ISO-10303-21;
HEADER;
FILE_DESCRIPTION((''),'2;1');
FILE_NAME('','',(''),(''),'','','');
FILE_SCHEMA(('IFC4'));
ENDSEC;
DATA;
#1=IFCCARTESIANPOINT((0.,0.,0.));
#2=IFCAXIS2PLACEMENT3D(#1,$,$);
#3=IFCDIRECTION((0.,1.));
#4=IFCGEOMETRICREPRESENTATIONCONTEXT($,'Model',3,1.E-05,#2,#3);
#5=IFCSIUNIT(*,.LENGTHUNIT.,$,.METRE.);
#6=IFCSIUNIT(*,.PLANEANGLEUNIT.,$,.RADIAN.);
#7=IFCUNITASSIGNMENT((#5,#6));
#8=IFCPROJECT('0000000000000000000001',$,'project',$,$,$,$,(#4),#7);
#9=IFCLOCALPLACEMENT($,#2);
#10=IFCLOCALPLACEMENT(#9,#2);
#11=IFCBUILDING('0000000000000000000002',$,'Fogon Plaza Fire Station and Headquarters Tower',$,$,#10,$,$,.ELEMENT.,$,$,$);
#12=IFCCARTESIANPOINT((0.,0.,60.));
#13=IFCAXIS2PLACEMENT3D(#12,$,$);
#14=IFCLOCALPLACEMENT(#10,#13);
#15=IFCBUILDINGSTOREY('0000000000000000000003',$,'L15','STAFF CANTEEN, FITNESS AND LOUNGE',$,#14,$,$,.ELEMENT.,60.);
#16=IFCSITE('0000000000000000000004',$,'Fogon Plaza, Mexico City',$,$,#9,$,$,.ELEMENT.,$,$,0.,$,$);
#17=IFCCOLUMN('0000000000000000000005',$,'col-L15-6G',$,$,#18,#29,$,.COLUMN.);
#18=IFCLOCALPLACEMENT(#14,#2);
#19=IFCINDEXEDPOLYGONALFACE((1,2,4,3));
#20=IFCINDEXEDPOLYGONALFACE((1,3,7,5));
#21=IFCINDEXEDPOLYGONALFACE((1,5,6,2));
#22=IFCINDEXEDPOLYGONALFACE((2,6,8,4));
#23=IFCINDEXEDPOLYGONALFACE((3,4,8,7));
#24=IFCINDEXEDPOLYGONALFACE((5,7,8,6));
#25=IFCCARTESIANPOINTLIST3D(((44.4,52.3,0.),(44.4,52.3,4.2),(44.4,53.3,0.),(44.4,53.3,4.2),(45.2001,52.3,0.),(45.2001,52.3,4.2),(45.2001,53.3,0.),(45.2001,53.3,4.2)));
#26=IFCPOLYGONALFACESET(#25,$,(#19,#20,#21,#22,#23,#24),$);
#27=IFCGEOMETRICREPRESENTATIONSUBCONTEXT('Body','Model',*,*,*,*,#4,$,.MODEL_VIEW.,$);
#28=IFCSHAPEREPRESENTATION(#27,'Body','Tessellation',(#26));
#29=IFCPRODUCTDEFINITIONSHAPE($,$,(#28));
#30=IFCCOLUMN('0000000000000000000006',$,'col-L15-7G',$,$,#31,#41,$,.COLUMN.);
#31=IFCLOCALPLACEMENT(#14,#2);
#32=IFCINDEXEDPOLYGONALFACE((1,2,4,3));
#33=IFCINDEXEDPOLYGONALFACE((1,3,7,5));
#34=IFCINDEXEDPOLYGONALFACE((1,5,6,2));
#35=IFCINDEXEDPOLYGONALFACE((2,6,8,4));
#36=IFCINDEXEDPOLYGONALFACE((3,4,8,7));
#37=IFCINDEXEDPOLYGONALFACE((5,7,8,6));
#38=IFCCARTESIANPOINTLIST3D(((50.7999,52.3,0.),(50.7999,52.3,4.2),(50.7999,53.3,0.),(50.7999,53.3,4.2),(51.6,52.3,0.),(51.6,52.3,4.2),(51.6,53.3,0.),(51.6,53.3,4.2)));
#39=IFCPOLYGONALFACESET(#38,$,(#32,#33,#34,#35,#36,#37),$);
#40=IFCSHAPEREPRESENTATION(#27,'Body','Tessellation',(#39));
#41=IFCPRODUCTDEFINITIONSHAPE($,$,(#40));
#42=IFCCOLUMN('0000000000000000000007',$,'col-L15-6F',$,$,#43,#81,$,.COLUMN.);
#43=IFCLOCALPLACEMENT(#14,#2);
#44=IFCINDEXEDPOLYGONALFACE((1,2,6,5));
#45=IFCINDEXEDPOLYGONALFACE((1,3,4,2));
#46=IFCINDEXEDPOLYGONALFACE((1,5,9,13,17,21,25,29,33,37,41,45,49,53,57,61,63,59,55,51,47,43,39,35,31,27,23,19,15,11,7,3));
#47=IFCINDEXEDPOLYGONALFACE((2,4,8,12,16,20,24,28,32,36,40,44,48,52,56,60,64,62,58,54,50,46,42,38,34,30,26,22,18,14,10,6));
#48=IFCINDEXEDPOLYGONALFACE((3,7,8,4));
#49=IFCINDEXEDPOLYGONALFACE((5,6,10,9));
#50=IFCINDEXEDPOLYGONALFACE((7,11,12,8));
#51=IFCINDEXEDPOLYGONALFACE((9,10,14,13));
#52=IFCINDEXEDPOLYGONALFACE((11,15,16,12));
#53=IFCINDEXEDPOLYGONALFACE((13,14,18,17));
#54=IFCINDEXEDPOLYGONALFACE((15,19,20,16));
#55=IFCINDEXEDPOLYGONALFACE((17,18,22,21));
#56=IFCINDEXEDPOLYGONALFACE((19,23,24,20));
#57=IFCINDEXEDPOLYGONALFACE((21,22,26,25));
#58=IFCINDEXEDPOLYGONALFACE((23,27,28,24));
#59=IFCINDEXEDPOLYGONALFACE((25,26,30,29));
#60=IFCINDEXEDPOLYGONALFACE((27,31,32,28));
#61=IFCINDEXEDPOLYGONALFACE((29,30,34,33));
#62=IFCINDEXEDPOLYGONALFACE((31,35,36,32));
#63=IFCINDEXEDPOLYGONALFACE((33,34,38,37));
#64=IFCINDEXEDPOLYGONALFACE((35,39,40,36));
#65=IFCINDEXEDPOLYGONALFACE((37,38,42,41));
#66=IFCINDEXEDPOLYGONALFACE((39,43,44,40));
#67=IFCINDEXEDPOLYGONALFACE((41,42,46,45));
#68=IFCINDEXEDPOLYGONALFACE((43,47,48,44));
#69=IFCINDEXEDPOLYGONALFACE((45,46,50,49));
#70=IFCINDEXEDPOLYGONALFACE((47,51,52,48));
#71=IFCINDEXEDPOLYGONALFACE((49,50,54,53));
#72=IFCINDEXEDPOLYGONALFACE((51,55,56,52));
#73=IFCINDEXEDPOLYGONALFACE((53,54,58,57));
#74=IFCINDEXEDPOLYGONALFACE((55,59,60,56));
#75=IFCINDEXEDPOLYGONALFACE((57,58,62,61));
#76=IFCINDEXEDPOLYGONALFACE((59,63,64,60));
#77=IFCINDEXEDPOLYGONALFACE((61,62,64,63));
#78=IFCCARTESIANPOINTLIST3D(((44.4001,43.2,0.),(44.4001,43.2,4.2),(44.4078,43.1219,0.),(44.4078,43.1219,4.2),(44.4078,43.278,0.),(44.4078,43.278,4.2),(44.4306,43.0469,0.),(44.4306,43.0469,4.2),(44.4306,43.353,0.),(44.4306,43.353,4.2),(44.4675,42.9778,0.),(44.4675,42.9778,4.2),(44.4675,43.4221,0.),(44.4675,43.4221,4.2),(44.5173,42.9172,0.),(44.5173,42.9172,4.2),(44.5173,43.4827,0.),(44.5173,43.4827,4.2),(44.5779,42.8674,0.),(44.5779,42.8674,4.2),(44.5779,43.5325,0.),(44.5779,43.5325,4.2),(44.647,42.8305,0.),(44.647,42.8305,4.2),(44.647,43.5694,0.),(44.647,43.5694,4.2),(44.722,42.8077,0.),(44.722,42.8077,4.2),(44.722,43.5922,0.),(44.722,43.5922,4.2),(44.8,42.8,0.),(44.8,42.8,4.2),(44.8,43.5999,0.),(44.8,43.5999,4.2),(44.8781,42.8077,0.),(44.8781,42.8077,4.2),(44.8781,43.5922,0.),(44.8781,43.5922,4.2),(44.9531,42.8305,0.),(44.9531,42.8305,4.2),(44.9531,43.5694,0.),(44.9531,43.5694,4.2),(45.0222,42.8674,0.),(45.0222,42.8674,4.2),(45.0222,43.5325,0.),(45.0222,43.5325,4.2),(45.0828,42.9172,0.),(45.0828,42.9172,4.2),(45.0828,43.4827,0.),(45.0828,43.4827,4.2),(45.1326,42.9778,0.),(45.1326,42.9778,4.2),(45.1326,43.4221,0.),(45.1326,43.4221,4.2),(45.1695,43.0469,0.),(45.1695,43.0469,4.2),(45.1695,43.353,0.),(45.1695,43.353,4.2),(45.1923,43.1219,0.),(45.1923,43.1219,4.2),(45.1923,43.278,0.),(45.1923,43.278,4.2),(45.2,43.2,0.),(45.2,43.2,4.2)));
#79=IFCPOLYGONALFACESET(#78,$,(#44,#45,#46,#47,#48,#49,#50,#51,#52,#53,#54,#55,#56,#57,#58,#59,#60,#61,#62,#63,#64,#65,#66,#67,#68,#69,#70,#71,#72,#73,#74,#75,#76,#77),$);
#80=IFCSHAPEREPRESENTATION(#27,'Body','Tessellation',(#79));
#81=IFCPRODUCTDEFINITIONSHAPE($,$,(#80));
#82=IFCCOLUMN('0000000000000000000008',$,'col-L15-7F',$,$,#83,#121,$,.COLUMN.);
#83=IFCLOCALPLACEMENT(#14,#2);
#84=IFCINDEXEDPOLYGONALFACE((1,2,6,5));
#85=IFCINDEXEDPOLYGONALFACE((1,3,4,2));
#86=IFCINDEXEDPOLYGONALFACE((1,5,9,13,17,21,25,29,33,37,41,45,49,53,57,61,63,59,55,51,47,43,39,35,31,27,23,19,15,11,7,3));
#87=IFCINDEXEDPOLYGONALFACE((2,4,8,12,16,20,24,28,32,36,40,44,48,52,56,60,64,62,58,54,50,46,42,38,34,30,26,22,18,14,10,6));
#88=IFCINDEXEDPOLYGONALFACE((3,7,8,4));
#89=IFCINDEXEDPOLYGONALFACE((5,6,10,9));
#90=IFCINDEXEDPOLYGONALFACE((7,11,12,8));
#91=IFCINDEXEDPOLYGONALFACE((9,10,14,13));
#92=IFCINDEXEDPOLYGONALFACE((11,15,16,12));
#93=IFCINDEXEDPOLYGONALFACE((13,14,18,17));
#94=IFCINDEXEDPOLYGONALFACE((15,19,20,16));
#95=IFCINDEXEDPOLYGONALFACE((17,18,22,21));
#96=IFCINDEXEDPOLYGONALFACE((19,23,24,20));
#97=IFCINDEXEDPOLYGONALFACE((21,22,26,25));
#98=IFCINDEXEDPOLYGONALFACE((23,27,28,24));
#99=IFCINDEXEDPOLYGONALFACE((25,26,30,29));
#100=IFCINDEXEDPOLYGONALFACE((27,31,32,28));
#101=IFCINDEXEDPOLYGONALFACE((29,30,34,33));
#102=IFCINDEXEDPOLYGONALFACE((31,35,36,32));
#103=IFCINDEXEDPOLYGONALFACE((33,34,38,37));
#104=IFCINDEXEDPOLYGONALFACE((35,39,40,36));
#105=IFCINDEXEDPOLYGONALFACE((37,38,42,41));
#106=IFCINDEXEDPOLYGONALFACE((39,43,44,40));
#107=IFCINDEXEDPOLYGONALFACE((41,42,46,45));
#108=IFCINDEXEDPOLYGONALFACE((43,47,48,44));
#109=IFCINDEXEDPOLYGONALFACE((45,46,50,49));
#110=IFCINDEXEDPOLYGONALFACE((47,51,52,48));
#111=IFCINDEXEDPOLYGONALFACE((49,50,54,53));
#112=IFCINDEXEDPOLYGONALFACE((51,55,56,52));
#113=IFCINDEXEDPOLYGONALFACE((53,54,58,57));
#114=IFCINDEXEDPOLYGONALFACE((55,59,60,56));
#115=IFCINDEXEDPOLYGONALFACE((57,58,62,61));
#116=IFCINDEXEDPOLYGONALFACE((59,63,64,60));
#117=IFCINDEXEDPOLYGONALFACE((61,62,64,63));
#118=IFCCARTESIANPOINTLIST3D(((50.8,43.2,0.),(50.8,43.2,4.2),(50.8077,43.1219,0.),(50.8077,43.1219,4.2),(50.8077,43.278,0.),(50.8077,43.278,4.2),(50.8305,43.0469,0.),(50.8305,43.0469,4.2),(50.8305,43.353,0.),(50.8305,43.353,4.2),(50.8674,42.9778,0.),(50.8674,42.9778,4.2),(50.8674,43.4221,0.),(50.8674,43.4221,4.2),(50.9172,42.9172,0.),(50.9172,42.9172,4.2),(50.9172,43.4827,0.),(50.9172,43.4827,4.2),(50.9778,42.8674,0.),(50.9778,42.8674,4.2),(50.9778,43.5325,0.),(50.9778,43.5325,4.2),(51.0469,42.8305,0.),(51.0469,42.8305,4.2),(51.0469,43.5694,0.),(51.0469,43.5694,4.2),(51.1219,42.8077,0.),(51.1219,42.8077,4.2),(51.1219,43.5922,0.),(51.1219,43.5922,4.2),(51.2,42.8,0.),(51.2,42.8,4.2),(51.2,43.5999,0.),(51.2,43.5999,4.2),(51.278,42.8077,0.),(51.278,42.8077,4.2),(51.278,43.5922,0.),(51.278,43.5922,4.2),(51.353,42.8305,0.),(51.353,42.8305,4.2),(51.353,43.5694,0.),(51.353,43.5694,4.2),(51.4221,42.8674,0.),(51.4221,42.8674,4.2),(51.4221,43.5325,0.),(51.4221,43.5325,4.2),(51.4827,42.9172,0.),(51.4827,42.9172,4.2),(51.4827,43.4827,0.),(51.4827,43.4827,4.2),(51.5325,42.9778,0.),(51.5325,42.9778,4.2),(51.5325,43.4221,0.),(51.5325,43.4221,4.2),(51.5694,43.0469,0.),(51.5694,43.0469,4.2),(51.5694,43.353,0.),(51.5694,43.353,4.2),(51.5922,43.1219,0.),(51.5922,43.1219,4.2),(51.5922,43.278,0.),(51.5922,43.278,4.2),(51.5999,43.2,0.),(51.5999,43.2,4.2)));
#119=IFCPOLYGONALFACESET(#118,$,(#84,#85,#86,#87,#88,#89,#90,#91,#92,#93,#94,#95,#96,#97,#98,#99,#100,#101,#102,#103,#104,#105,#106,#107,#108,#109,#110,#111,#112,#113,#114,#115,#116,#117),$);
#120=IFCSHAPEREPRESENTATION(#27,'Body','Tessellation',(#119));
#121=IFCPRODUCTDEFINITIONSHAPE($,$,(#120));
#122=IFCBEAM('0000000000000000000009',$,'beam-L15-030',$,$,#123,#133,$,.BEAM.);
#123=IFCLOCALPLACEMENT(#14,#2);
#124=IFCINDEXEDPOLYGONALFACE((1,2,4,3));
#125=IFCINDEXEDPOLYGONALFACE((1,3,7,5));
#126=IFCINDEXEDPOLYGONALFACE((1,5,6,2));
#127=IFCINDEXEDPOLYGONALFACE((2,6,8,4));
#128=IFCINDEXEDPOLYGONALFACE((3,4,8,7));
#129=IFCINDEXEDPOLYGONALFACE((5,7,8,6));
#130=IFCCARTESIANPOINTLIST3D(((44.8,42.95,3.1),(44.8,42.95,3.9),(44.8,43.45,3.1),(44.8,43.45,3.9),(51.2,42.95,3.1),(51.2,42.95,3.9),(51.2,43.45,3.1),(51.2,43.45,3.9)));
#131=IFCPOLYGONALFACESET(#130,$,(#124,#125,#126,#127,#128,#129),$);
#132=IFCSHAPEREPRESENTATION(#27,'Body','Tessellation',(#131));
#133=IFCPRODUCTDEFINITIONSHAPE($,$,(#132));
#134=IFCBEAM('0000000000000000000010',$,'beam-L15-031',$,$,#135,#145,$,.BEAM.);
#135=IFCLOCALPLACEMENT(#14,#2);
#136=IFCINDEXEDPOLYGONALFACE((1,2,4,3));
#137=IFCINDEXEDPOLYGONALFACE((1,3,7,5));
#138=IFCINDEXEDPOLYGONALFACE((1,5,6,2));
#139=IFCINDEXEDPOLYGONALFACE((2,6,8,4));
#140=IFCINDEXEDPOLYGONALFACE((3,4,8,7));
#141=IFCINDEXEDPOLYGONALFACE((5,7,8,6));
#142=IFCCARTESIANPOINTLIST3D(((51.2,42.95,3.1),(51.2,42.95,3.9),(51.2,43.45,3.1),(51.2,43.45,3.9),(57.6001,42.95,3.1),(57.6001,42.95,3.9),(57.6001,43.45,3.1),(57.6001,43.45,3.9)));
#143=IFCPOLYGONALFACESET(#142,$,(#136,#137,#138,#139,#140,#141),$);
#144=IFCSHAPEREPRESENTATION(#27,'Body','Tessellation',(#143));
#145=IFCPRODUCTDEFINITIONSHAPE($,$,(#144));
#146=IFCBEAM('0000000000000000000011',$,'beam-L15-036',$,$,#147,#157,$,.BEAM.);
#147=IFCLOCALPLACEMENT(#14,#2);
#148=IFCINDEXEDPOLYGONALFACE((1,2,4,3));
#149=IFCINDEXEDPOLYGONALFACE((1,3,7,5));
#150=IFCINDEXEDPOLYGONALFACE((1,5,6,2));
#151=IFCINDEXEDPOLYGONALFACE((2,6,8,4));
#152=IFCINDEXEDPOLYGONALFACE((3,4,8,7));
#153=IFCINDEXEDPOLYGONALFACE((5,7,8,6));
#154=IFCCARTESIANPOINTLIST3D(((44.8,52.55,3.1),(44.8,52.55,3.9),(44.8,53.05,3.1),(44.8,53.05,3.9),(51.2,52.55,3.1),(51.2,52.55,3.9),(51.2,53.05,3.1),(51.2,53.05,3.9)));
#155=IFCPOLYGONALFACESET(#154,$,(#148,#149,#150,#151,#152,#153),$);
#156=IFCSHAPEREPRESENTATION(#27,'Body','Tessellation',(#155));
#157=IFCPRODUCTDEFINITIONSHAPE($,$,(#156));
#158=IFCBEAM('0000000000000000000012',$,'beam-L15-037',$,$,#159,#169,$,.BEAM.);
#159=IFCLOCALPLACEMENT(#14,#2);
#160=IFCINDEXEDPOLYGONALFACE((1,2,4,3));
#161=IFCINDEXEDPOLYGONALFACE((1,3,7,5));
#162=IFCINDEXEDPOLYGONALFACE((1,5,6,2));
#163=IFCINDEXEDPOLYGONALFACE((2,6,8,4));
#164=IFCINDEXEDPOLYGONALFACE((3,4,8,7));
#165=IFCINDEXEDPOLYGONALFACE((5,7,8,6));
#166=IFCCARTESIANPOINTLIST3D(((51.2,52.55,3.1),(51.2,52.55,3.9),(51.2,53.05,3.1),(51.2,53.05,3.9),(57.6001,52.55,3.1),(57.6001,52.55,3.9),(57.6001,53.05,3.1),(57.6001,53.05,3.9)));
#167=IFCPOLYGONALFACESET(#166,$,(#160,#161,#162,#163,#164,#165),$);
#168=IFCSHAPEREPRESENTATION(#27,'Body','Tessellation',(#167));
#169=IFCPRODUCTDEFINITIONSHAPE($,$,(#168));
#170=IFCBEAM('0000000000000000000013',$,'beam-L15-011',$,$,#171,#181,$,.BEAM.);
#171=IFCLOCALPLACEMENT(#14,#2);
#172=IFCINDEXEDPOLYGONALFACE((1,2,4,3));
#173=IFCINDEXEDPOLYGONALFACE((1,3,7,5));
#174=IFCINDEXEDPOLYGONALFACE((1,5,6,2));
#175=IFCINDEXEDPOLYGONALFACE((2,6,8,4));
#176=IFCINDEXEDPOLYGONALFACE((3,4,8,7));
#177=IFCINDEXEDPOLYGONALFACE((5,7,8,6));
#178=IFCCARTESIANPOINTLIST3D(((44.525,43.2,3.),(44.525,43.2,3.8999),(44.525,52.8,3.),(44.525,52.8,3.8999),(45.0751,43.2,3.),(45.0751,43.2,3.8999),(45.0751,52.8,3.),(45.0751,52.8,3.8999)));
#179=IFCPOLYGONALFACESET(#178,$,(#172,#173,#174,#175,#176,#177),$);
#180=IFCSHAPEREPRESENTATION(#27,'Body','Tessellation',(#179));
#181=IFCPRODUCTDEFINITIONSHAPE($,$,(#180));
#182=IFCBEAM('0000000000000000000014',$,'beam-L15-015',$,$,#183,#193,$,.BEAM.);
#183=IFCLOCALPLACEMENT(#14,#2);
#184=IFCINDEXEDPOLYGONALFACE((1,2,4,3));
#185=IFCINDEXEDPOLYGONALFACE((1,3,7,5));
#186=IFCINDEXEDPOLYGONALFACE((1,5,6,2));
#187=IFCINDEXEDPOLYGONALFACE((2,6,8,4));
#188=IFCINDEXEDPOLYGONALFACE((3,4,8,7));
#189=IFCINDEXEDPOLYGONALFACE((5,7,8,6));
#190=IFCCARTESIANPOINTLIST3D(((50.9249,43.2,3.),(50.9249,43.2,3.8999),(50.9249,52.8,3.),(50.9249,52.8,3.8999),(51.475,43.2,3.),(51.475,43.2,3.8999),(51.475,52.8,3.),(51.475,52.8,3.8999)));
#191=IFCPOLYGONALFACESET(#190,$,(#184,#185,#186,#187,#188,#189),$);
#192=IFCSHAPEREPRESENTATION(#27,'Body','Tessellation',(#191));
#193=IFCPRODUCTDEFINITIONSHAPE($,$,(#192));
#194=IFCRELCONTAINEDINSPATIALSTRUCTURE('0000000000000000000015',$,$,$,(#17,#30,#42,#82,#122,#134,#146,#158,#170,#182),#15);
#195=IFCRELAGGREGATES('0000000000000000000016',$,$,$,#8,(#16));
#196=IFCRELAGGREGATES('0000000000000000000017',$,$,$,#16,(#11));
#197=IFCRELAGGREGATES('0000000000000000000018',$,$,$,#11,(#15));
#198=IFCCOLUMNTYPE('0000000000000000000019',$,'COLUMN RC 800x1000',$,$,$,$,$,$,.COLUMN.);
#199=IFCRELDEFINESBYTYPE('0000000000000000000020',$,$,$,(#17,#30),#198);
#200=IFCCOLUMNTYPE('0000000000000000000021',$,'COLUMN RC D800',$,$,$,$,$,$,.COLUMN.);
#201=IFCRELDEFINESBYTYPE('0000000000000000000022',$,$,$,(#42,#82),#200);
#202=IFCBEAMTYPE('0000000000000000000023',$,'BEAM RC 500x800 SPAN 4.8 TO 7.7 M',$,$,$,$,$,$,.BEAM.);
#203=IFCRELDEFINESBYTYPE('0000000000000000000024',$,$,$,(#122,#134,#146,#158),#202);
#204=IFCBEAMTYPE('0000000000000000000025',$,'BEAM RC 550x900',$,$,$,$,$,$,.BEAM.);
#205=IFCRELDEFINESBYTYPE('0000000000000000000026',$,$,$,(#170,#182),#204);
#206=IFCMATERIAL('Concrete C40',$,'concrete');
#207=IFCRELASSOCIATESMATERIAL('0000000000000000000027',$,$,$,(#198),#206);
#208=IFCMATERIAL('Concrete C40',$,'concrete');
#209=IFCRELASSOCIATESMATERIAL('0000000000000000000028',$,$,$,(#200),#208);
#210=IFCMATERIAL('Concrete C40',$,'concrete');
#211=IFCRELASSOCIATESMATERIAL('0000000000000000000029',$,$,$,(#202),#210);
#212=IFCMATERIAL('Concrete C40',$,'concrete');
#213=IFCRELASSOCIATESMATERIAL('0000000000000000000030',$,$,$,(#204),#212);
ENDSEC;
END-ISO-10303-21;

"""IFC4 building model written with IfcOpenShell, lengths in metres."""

from ifc_helpers import new_model, si_unit, direction, frame, origin, origin_2d, place, context, subcontext, project, spatial, rectangle, circle, extrude, material, material_profile, profile_set, type_object, element, save


model = new_model("IFC4")

# Units and contexts
model_context = context("Model", 3, precision=1e-05, world=origin(), true_north=direction((0.0, 1.0)))
body_context = subcontext(model_context, "Body", "Model", "MODEL_VIEW")
ifc_project = project(units=[si_unit("LENGTHUNIT", "METRE"), si_unit("PLANEANGLEUNIT", "RADIAN")], contexts=[model_context])

# Site, building, storey
site_placement = place(None, origin())
site = spatial("IfcSite", under=ifc_project, at=site_placement, Name="Fogon Plaza, Mexico City", CompositionType="ELEMENT", RefElevation=0.0)
building_placement = place(site_placement, origin())
building = spatial("IfcBuilding", under=site, at=building_placement, Name="Fogon Plaza Fire Station and Headquarters Tower", CompositionType="ELEMENT")
storey_placement = place(building_placement, frame((0.0, 0.0, 60.0)))
storey = spatial("IfcBuildingStorey", under=building, at=storey_placement, Name="L15", Description="STAFF CANTEEN, FITNESS AND LOUNGE", CompositionType="ELEMENT", Elevation=60.0)

# Columns
ifc_material_1 = material(Name="Concrete C40", Category="concrete")
ifc_material_profile_1 = material_profile(ifc_material_1, rectangle(XDim=0.8, YDim=1.0, at=origin_2d()), Name="RC 800x1000")
ifc_profile_set_1 = profile_set([ifc_material_profile_1], Name="Concrete C40")
column_type_1 = type_object("IfcColumnType", Name="COLUMN RC 800x1000", PredefinedType="COLUMN", material=ifc_profile_set_1)
for number, where, z_axis, x_axis, name in (
    (1, (44.8, 52.8, 0.0), (0.0, 0.0, 1.0), (1.0, 0.0, 0.0), "col-L15-6G"),
    (2, (51.2, 52.8, 0.0), (0.0, 0.0, 1.0), (1.0, 0.0, 0.0), "col-L15-7G"),
):
    element("IfcColumn", number, at=place(storey_placement, frame(where, z_axis=z_axis, x_axis=x_axis)), inside=storey, type_object=column_type_1, Name=name, PredefinedType="COLUMN", context=body_context, shape_type="SweptSolid", body=[
        extrude(rectangle(XDim=0.8, YDim=1.0, at=origin_2d()), origin(), (0.0, 0.0, 1.0), 4.2),
    ])
ifc_material_2 = material(Name="Concrete C40", Category="concrete")
ifc_material_profile_2 = material_profile(ifc_material_2, circle(Radius=0.3999, at=origin_2d()), Name="RC D800")
ifc_profile_set_2 = profile_set([ifc_material_profile_2], Name="Concrete C40")
column_type_2 = type_object("IfcColumnType", Name="COLUMN RC D800", PredefinedType="COLUMN", material=ifc_profile_set_2)
for number, where, z_axis, x_axis, name in (
    (3, (44.8, 43.2, 0.0), (0.0, 0.0, 1.0), (1.0, 0.0, 0.0), "col-L15-6F"),
    (4, (51.2, 43.2, 0.0), (0.0, 0.0, 1.0), (1.0, 0.0, 0.0), "col-L15-7F"),
):
    element("IfcColumn", number, at=place(storey_placement, frame(where, z_axis=z_axis, x_axis=x_axis)), inside=storey, type_object=column_type_2, Name=name, PredefinedType="COLUMN", context=body_context, shape_type="SweptSolid", body=[
        extrude(circle(Radius=0.3999, at=origin_2d()), origin(), (0.0, 0.0, 1.0), 4.2),
    ])

# Beams
ifc_material_3 = material(Name="Concrete C40", Category="concrete")
ifc_material_profile_3 = material_profile(ifc_material_3, rectangle(XDim=0.5, YDim=0.8, at=origin_2d()), Name="RC 500x800")
ifc_profile_set_3 = profile_set([ifc_material_profile_3], Name="Concrete C40")
beam_type_1 = type_object("IfcBeamType", Name="BEAM RC 500x800 SPAN 4.8 TO 7.7 M", PredefinedType="BEAM", material=ifc_profile_set_3)
beam_1_placement = place(storey_placement, frame((44.8, 43.2, 3.5), z_axis=(1.0, 0.0, 0.0), x_axis=(0.0, 1.0, 0.0)))
element("IfcBeam", 5, at=beam_1_placement, inside=storey, type_object=beam_type_1, Name="beam-L15-030", PredefinedType="BEAM", context=body_context, shape_type="SweptSolid", body=[
    extrude(rectangle(XDim=0.5, YDim=0.8, at=origin_2d()), origin(), (0.0, 0.0, 1.0), 6.3999),
])
beam_2_placement = place(storey_placement, frame((51.2, 43.2, 3.5), z_axis=(1.0, 0.0, 0.0), x_axis=(0.0, 1.0, 0.0)))
element("IfcBeam", 6, at=beam_2_placement, inside=storey, type_object=beam_type_1, Name="beam-L15-031", PredefinedType="BEAM", context=body_context, shape_type="SweptSolid", body=[
    extrude(rectangle(XDim=0.5, YDim=0.8, at=origin_2d()), origin(), (0.0, 0.0, 1.0), 6.4001),
])
beam_3_placement = place(storey_placement, frame((44.8, 52.8, 3.5), z_axis=(1.0, 0.0, 0.0), x_axis=(0.0, 1.0, 0.0)))
element("IfcBeam", 7, at=beam_3_placement, inside=storey, type_object=beam_type_1, Name="beam-L15-036", PredefinedType="BEAM", context=body_context, shape_type="SweptSolid", body=[
    extrude(rectangle(XDim=0.5, YDim=0.8, at=origin_2d()), origin(), (0.0, 0.0, 1.0), 6.3999),
])
beam_4_placement = place(storey_placement, frame((51.2, 52.8, 3.5), z_axis=(1.0, 0.0, 0.0), x_axis=(0.0, 1.0, 0.0)))
element("IfcBeam", 8, at=beam_4_placement, inside=storey, type_object=beam_type_1, Name="beam-L15-037", PredefinedType="BEAM", context=body_context, shape_type="SweptSolid", body=[
    extrude(rectangle(XDim=0.5, YDim=0.8, at=origin_2d()), origin(), (0.0, 0.0, 1.0), 6.4001),
])
ifc_material_4 = material(Name="Concrete C40", Category="concrete")
ifc_material_profile_4 = material_profile(ifc_material_4, rectangle(XDim=0.55, YDim=0.8999, at=origin_2d()), Name="RC 550x900")
ifc_profile_set_4 = profile_set([ifc_material_profile_4], Name="Concrete C40")
beam_type_2 = type_object("IfcBeamType", Name="BEAM RC 550x900", PredefinedType="BEAM", material=ifc_profile_set_4)
for number, where, z_axis, x_axis, name in (
    (9, (44.8, 43.2, 3.45), (0.0, 1.0, 0.0), (-1.0, 0.0, 0.0), "beam-L15-011"),
    (10, (51.2, 43.2, 3.45), (0.0, 1.0, 0.0), (-1.0, 0.0, 0.0), "beam-L15-015"),
):
    element("IfcBeam", number, at=place(storey_placement, frame(where, z_axis=z_axis, x_axis=x_axis)), inside=storey, type_object=beam_type_2, Name=name, PredefinedType="BEAM", context=body_context, shape_type="SweptSolid", body=[
        extrude(rectangle(XDim=0.55, YDim=0.8999, at=origin_2d()), origin(), (0.0, 0.0, 1.0), 9.6001),
    ])

save(model, "model.ifc")
